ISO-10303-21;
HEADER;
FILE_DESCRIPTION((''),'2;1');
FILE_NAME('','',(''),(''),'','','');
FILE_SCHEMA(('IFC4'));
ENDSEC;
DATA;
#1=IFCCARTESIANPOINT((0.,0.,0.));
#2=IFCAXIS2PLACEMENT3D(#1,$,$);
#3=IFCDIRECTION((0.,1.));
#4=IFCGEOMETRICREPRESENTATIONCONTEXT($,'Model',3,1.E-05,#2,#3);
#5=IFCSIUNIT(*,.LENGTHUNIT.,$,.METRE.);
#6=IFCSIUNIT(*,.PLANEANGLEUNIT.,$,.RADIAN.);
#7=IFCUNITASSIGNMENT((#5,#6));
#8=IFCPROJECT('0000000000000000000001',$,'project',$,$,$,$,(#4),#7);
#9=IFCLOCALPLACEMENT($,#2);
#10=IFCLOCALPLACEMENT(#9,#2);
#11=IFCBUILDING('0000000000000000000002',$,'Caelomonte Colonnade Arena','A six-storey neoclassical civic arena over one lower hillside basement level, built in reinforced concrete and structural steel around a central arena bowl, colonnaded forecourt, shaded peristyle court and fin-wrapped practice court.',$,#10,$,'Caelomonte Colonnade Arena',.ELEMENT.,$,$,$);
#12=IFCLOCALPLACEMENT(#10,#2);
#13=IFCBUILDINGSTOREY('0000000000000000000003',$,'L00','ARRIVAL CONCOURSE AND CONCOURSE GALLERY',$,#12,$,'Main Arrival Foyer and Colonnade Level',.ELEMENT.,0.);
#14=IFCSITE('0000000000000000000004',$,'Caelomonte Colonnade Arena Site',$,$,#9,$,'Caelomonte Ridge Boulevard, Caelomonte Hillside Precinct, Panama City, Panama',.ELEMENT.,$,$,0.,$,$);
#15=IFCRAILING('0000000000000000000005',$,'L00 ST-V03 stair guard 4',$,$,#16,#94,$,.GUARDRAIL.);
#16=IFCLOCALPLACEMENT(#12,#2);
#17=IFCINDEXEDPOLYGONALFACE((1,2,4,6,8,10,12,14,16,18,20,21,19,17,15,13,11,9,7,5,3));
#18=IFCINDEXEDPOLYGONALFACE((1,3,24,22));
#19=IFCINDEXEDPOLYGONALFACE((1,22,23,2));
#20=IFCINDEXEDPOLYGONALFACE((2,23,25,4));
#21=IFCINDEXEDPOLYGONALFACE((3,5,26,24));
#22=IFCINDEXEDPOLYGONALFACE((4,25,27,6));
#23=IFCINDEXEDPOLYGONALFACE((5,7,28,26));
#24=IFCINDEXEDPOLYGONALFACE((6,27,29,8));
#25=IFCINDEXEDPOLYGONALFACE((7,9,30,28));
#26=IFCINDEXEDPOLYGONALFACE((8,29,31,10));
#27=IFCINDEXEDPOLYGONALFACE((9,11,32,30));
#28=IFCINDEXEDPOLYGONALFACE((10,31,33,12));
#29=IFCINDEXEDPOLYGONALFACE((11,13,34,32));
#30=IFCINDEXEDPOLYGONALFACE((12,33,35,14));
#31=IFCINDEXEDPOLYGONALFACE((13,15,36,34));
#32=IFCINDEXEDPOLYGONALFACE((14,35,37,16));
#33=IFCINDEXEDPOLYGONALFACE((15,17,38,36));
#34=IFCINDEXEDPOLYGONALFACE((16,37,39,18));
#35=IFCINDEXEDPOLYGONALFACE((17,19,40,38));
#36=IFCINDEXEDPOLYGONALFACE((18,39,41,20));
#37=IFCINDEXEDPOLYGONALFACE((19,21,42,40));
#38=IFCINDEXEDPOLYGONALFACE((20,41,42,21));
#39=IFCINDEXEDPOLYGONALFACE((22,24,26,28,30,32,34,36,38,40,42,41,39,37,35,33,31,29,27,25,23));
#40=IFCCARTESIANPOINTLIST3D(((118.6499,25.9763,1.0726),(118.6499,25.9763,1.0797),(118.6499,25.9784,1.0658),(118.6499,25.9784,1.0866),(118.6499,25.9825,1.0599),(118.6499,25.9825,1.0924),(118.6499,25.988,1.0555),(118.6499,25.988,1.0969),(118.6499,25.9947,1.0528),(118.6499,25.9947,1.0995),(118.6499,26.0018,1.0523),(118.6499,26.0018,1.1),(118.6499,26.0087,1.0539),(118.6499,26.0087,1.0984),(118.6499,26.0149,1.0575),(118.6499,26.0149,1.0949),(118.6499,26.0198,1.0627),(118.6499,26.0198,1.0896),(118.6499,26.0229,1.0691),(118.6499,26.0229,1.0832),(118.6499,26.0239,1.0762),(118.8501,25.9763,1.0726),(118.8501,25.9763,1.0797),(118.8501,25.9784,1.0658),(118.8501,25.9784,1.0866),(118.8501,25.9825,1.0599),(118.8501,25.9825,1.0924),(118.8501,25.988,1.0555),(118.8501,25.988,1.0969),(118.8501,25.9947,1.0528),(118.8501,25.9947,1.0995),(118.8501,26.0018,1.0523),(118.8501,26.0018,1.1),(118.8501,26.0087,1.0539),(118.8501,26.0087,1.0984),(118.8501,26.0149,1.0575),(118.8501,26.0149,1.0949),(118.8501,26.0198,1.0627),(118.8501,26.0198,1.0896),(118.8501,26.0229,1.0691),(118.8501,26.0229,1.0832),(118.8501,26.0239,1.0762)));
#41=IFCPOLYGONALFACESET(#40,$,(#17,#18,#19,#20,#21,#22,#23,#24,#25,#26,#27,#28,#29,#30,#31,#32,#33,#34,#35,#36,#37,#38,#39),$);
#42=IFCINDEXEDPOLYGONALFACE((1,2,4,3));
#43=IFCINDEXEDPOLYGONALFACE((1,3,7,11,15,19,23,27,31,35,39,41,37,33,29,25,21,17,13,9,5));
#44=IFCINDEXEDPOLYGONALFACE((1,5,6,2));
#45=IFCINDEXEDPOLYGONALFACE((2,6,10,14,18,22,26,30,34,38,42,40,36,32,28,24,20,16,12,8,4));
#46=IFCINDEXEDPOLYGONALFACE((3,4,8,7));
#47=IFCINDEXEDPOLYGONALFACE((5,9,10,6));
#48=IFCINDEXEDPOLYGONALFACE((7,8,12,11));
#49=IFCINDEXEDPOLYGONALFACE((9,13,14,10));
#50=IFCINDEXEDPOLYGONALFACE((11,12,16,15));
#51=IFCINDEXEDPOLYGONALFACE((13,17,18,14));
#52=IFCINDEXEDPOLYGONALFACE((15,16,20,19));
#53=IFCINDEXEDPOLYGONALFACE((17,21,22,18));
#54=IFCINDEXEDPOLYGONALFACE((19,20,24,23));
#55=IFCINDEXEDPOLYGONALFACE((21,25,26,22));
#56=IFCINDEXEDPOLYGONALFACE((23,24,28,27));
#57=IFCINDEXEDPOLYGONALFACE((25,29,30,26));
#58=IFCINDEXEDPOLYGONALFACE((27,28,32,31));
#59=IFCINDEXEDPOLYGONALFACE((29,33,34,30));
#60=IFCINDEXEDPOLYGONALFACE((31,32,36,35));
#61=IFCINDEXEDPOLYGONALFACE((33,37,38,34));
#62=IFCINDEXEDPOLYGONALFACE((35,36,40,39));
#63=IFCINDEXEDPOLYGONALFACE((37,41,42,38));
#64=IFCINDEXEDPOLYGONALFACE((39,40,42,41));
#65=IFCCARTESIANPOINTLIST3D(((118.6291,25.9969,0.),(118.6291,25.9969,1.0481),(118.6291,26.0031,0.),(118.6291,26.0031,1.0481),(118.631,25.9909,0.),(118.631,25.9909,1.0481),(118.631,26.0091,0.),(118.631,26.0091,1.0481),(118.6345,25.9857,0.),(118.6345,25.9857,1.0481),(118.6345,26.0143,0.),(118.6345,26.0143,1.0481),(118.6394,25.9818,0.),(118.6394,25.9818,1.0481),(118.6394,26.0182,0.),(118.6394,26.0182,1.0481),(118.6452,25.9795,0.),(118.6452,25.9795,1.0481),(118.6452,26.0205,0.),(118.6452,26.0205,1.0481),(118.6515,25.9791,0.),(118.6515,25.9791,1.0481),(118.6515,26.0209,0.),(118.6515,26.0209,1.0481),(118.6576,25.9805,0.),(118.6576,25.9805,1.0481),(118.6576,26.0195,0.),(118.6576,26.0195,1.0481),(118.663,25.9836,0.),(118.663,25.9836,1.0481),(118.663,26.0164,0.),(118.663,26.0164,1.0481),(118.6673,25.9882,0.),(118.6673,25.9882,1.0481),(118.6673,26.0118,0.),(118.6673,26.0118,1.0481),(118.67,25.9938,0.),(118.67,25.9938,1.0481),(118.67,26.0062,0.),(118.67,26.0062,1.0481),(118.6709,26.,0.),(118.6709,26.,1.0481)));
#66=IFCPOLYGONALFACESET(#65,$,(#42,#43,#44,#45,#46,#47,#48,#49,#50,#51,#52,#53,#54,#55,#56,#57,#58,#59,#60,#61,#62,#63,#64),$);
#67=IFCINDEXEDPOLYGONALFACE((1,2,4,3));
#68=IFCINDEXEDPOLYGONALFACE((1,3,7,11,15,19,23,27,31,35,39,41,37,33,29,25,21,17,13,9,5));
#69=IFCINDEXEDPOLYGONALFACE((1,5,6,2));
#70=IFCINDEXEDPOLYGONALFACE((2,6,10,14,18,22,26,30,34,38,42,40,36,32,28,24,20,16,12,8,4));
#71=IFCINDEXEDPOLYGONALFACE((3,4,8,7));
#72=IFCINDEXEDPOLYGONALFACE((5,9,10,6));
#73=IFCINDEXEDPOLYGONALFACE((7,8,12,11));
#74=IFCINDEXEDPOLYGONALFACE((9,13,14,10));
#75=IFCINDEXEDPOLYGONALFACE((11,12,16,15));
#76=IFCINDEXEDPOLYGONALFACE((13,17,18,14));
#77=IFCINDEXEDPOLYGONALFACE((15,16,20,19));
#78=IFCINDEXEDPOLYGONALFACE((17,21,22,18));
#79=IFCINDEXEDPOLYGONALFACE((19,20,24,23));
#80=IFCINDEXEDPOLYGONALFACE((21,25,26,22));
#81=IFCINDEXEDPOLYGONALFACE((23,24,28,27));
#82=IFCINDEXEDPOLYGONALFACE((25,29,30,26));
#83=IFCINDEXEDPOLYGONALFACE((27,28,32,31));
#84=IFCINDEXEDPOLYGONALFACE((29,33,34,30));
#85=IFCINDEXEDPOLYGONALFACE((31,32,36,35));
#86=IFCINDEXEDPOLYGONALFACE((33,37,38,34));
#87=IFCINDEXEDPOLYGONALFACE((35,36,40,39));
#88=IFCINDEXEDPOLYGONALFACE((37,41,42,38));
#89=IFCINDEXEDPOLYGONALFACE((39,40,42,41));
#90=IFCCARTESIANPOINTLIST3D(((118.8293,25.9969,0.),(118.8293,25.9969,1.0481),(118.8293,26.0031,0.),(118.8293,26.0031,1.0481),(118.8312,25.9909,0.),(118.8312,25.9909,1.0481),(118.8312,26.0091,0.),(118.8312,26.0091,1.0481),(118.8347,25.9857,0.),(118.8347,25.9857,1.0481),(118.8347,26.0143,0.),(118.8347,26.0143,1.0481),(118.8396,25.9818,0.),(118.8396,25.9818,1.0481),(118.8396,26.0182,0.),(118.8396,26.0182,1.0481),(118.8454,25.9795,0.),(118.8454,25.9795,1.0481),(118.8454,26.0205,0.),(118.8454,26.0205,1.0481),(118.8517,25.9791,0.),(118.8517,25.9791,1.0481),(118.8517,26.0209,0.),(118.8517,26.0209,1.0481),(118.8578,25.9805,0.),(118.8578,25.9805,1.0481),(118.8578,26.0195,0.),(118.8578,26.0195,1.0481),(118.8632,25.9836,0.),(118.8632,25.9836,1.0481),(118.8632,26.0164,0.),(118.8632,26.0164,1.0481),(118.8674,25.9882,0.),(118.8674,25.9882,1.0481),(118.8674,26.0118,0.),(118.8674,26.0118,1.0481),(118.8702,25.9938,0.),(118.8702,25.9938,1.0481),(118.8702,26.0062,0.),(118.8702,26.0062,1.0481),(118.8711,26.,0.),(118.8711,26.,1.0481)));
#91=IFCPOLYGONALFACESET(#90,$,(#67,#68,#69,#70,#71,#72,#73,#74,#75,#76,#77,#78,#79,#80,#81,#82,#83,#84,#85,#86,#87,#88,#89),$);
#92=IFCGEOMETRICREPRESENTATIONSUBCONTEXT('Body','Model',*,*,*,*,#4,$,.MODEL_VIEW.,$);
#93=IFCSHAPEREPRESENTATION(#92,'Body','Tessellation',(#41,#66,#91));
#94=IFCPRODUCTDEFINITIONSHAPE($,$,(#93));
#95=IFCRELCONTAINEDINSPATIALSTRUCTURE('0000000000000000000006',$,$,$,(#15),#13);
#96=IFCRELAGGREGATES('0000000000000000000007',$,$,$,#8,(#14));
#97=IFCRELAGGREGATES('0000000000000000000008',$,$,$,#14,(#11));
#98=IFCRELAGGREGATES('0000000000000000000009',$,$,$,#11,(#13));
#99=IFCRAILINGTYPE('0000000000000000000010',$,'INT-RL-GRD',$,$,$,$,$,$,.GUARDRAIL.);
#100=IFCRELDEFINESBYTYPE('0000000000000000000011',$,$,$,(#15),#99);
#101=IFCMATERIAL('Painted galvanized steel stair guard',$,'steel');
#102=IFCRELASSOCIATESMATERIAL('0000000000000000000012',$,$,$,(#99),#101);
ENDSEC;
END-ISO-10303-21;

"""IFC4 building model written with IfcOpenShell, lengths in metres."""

from ifc_helpers import new_model, si_unit, direction, frame, origin, origin_2d, place, context, subcontext, project, spatial, circle, extrude, material, type_object, element, save


model = new_model("IFC4")

# Units and contexts
model_context = context("Model", 3, precision=1e-05, world=origin(), true_north=direction((0.0, 1.0)))
body_context = subcontext(model_context, "Body", "Model", "MODEL_VIEW")
ifc_project = project(units=[si_unit("LENGTHUNIT", "METRE"), si_unit("PLANEANGLEUNIT", "RADIAN")], contexts=[model_context])

# Site, building, storey
site_placement = place(None, origin())
site = spatial("IfcSite", under=ifc_project, at=site_placement, Name="Caelomonte Colonnade Arena Site", LongName="Caelomonte Ridge Boulevard, Caelomonte Hillside Precinct, Panama City, Panama", CompositionType="ELEMENT", RefElevation=0.0)
building_placement = place(site_placement, origin())
building = spatial("IfcBuilding", under=site, at=building_placement, Name="Caelomonte Colonnade Arena", Description="A six-storey neoclassical civic arena over one lower hillside basement level, built in reinforced concrete and structural steel around a central arena bowl, colonnaded forecourt, shaded peristyle court and fin-wrapped practice court.", LongName="Caelomonte Colonnade Arena", CompositionType="ELEMENT")
storey_placement = place(building_placement, origin())
storey = spatial("IfcBuildingStorey", under=building, at=storey_placement, Name="L00", Description="ARRIVAL CONCOURSE AND CONCOURSE GALLERY", LongName="Main Arrival Foyer and Colonnade Level", CompositionType="ELEMENT", Elevation=0.0)

# Railing
ifc_material_1 = material(Name="Painted galvanized steel stair guard", Category="steel")
railing_type_1 = type_object("IfcRailingType", Name="INT-RL-GRD", PredefinedType="GUARDRAIL", material=ifc_material_1)
railing_1_placement = place(storey_placement, frame((118.6499, 26.0, 0.0)))
element("IfcRailing", 1, at=railing_1_placement, inside=storey, type_object=railing_type_1, Name="L00 ST-V03 stair guard 4", PredefinedType="GUARDRAIL", context=body_context, shape_type="SweptSolid", body=[
    extrude(circle(Radius=0.0239, at=origin_2d()), frame((0.0, 0.0, 1.0762), z_axis=(1.0, 0.0, 0.0), x_axis=(0.0, 1.0, 0.0)), (0.0, 0.0, 1.0), 0.2002),
    extrude(circle(Radius=0.021, at=origin_2d()), origin(), (0.0, 0.0, 1.0), 1.0481),
    extrude(circle(Radius=0.021, at=origin_2d()), frame((0.2002, 0.0, 0.0)), (0.0, 0.0, 1.0), 1.0481),
])

save(model, "model.ifc")
